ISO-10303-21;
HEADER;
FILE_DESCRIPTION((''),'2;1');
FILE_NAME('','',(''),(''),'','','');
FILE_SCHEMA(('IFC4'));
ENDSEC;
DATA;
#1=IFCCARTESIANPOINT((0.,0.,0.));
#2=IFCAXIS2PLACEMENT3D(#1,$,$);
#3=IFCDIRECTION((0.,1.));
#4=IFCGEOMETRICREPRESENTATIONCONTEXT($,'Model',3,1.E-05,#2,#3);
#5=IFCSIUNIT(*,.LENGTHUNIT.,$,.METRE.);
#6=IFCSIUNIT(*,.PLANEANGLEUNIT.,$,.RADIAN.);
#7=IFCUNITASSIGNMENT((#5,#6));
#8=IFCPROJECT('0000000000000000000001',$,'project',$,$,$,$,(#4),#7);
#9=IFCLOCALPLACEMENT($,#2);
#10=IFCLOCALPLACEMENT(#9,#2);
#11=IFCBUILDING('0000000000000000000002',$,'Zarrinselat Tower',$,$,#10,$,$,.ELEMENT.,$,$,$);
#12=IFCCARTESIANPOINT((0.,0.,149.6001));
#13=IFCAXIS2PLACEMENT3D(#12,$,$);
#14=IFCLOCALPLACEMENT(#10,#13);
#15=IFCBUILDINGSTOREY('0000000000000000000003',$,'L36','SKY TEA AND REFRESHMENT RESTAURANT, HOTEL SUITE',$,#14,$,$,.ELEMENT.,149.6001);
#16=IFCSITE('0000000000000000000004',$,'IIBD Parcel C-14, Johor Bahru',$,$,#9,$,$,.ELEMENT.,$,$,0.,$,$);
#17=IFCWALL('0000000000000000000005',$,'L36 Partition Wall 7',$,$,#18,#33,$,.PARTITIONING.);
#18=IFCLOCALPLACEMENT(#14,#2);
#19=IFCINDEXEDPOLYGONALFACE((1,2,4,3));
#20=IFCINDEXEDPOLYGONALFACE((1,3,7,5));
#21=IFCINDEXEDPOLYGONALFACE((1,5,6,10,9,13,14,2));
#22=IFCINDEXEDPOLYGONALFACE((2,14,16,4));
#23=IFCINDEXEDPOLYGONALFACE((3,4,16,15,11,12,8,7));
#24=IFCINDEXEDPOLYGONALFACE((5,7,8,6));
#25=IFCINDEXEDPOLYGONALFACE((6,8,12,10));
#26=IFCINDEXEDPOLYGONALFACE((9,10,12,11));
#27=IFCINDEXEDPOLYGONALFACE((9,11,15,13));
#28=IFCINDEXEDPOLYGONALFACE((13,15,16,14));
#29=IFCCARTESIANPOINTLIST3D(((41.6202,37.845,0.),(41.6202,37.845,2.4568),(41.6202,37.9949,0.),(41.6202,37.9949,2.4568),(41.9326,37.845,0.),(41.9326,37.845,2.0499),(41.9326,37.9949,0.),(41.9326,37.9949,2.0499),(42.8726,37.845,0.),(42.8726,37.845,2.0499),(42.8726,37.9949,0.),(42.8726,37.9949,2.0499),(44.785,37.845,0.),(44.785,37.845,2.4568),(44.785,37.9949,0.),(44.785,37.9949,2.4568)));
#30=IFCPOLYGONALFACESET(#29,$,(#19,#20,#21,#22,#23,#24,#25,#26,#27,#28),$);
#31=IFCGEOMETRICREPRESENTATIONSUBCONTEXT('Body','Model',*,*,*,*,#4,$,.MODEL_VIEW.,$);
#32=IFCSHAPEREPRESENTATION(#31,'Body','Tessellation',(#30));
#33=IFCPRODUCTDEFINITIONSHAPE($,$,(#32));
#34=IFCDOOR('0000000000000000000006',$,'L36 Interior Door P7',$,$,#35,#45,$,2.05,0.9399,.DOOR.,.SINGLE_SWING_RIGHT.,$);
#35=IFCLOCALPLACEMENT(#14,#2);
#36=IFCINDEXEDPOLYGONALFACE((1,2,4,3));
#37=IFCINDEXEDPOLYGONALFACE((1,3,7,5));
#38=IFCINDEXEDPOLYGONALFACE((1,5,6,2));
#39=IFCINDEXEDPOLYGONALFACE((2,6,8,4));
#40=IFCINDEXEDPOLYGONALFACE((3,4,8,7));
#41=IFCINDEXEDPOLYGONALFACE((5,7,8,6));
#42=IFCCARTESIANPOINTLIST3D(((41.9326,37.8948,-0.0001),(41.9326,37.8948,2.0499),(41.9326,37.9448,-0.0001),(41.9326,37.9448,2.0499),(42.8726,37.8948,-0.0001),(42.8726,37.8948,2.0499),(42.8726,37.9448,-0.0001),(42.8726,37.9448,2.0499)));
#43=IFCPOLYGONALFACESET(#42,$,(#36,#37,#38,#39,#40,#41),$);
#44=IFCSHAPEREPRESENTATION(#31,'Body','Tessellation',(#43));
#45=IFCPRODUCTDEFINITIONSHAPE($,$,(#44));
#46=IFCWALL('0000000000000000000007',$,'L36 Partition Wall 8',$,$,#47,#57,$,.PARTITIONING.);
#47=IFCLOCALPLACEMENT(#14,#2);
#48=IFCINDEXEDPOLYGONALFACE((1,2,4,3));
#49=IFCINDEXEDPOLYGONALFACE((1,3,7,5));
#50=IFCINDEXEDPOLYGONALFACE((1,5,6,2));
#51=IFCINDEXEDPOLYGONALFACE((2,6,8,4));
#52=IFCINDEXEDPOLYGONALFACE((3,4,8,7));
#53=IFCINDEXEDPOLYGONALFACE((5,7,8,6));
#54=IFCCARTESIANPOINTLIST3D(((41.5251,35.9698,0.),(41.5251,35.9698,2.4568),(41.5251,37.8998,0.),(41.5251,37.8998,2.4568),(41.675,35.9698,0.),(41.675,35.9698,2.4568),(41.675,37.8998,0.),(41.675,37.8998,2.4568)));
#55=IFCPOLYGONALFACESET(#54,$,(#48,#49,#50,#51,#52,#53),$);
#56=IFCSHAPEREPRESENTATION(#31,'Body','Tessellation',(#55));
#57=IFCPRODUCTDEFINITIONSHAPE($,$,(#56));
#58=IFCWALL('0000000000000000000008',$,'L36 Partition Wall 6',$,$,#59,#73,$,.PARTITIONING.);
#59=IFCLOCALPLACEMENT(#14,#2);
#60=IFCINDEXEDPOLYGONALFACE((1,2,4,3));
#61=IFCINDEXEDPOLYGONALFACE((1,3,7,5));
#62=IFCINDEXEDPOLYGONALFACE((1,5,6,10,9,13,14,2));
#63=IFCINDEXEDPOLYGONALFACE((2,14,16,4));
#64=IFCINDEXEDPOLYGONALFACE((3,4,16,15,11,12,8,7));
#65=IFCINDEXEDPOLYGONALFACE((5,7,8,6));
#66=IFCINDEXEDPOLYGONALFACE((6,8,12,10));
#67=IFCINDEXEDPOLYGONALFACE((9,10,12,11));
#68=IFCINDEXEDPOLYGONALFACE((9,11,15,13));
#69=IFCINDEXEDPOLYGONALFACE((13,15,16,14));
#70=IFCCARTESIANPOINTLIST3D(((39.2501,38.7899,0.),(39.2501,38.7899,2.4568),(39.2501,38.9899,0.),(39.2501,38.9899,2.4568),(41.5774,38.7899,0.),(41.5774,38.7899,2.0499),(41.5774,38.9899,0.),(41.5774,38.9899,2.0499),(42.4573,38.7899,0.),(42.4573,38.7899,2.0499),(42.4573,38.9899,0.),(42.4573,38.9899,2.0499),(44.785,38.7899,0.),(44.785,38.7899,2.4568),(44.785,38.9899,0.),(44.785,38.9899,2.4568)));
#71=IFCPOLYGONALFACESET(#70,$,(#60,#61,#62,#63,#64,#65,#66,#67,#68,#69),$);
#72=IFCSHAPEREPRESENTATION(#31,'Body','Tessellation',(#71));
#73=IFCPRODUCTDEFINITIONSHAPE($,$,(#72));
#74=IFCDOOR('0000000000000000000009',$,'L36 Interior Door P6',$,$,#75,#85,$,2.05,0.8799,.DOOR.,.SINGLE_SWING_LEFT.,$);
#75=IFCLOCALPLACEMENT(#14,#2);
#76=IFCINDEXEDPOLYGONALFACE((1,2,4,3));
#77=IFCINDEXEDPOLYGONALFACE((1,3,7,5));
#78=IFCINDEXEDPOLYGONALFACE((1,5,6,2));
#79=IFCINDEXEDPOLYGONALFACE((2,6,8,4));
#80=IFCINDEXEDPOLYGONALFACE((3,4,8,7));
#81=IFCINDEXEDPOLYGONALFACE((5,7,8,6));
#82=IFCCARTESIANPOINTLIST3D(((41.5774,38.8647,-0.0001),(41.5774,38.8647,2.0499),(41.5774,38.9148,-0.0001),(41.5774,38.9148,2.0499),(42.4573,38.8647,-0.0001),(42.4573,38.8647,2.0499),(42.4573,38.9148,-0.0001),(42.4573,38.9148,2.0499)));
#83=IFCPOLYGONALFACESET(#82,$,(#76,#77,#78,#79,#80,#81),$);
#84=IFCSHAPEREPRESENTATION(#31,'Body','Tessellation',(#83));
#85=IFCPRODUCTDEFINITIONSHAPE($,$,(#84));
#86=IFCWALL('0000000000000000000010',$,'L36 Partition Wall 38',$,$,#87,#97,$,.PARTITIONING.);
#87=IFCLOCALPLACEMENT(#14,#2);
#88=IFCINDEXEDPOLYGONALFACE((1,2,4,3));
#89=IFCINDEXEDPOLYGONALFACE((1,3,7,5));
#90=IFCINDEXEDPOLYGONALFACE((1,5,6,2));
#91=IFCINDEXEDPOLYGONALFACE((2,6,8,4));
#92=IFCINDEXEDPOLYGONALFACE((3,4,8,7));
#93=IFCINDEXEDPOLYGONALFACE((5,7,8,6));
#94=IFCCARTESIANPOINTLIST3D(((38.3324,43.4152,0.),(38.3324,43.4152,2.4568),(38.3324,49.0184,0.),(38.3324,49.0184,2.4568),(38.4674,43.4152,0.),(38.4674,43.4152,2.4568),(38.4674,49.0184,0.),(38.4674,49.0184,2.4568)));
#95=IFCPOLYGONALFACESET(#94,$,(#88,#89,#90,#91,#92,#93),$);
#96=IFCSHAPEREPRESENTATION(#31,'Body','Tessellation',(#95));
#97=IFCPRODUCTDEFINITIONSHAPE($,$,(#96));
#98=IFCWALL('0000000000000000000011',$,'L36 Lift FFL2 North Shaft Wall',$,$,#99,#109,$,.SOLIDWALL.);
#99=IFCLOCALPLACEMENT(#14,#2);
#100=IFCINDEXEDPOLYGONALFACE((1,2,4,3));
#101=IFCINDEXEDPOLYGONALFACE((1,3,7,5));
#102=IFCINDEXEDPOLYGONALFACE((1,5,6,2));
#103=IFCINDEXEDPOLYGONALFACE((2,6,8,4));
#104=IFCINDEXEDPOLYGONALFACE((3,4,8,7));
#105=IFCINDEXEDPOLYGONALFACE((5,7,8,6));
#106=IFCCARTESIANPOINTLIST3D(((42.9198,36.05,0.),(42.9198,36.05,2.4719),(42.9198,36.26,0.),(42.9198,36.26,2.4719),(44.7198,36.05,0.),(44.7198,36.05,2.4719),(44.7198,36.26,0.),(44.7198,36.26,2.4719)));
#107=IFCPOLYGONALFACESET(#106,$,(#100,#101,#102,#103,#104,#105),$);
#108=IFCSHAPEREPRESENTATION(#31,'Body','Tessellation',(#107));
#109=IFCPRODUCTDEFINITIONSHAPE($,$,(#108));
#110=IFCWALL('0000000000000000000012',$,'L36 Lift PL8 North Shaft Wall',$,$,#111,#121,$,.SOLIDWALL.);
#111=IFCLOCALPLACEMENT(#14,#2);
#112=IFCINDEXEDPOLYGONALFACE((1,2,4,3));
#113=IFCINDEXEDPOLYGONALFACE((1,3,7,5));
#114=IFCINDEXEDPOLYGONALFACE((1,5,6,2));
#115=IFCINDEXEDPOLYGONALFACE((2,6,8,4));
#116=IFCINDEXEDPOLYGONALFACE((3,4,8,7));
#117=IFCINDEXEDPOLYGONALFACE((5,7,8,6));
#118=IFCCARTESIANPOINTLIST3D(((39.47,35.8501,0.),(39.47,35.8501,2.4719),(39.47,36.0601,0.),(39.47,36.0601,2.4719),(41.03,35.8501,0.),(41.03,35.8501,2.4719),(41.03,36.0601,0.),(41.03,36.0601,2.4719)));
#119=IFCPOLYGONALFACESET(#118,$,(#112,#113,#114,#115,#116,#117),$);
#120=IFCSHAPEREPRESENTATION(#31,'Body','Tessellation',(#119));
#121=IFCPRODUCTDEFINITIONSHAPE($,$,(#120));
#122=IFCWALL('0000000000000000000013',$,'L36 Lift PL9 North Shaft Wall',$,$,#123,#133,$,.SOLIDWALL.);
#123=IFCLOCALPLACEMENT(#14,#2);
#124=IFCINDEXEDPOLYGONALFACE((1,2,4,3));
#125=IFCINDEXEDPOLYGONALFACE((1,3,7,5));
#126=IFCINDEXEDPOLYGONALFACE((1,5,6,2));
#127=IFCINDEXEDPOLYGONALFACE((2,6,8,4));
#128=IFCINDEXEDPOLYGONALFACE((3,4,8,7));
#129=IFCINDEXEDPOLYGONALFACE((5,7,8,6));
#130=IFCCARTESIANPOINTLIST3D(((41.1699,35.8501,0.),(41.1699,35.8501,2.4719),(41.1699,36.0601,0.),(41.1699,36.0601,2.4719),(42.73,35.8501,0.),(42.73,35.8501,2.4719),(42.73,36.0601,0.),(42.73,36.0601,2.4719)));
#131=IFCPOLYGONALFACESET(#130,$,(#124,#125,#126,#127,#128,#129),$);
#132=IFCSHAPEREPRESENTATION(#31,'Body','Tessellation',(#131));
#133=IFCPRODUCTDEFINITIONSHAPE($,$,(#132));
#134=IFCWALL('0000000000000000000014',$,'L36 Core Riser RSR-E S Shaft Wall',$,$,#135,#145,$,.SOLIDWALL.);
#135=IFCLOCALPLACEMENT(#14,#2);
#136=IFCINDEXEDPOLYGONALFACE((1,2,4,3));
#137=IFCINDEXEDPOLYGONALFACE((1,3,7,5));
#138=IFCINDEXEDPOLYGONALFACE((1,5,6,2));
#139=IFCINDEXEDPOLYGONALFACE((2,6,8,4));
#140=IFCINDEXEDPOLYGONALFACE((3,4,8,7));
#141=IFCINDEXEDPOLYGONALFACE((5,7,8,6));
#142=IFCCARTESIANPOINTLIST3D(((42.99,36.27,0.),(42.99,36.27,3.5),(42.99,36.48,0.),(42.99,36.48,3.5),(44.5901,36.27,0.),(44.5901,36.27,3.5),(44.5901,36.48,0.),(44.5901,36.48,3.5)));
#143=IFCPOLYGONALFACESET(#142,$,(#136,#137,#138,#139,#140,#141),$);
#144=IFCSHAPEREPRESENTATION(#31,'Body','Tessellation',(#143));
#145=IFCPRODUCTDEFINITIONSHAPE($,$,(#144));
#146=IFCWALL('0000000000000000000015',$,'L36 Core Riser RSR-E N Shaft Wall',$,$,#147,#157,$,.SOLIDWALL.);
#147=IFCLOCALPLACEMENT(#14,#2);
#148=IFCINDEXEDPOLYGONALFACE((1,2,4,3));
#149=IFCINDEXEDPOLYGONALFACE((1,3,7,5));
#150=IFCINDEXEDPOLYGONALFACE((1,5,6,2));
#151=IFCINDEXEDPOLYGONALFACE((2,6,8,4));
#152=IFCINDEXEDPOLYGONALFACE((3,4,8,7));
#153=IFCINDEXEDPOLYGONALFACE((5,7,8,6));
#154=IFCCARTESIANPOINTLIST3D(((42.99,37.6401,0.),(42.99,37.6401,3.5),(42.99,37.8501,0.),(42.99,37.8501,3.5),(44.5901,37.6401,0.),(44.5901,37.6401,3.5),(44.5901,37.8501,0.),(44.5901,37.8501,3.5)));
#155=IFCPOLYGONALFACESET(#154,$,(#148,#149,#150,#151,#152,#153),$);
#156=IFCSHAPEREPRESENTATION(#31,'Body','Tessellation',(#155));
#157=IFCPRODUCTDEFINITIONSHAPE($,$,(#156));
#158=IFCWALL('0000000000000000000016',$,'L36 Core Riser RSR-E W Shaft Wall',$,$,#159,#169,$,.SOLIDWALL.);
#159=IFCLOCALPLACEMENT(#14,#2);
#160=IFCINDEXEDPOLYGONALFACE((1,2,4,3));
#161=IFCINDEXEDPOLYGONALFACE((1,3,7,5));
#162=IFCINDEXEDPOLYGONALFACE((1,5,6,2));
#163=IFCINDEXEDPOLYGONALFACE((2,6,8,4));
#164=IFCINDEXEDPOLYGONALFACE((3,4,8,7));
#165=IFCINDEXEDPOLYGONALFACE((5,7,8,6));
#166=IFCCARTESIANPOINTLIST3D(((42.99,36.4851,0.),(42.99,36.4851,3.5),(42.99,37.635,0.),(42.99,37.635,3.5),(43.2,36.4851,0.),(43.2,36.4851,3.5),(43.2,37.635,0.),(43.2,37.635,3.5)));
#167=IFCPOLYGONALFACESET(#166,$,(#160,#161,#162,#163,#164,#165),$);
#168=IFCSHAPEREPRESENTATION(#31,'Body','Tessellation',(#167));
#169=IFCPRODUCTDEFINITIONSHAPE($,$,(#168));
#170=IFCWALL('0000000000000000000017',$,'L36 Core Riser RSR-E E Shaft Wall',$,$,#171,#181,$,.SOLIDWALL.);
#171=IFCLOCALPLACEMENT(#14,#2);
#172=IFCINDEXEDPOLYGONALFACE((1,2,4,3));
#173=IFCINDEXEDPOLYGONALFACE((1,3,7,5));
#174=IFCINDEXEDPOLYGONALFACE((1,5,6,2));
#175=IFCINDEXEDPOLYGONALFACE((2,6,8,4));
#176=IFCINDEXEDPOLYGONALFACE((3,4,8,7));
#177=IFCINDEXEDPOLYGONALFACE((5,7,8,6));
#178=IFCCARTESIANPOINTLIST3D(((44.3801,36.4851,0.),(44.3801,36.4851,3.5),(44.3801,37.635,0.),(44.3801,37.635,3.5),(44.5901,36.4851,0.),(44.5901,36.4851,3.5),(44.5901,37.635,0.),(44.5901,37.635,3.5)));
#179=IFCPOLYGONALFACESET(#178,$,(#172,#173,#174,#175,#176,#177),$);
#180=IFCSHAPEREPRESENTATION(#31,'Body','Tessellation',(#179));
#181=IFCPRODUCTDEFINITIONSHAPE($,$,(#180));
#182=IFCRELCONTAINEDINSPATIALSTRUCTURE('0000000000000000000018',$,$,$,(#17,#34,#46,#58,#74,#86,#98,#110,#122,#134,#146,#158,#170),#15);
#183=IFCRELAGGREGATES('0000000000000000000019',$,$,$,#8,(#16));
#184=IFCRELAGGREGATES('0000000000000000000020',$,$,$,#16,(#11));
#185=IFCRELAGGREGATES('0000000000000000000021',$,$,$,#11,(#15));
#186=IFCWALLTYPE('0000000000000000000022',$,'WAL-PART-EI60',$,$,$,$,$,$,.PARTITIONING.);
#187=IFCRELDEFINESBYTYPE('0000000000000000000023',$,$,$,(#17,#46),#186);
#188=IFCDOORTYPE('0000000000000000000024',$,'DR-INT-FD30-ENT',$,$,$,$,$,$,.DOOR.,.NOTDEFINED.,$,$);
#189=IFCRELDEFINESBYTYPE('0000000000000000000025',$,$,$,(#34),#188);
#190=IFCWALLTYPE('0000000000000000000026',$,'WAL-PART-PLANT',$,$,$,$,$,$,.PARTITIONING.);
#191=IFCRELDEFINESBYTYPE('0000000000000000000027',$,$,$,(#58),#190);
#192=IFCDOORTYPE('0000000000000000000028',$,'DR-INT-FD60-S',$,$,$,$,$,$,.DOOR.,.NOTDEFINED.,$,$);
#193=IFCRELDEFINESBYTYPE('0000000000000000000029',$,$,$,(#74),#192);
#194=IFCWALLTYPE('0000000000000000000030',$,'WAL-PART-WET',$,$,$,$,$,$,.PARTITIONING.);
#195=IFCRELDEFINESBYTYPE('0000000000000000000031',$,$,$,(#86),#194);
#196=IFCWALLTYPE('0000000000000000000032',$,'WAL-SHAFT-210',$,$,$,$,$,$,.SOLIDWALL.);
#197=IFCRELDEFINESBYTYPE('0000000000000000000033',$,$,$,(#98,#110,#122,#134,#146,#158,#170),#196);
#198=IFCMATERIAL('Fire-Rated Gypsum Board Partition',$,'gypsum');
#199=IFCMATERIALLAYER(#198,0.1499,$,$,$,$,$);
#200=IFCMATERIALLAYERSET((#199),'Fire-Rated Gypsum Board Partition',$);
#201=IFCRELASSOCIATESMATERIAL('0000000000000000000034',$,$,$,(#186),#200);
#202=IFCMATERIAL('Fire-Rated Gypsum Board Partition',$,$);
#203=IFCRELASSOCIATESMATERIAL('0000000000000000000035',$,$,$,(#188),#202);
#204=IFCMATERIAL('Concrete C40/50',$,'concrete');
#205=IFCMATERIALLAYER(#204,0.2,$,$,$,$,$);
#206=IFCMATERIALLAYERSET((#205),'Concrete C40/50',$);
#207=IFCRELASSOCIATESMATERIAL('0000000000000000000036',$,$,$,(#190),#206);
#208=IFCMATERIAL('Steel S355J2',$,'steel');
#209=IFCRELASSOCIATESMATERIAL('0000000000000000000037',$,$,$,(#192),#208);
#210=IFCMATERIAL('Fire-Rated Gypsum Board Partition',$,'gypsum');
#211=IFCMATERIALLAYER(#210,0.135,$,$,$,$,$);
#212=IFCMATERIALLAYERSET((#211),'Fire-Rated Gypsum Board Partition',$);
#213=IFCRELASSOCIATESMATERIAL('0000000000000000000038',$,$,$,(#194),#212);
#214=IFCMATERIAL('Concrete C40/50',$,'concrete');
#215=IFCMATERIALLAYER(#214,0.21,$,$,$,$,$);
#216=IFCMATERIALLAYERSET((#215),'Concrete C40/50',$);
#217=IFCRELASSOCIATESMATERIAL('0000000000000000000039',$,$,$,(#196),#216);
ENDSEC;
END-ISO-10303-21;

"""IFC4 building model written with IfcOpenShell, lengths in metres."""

from ifc_helpers import new_model, si_unit, direction, frame, frame_2d, origin, place, context, subcontext, project, spatial, rectangle, extrude, material, layer, layer_set, type_object, element, fill, save


model = new_model("IFC4")

# Units and contexts
model_context = context("Model", 3, precision=1e-05, world=origin(), true_north=direction((0.0, 1.0)))
body_context = subcontext(model_context, "Body", "Model", "MODEL_VIEW")
ifc_project = project(units=[si_unit("LENGTHUNIT", "METRE"), si_unit("PLANEANGLEUNIT", "RADIAN")], contexts=[model_context])

# Site, building, storey
site_placement = place(None, origin())
site = spatial("IfcSite", under=ifc_project, at=site_placement, Name="IIBD Parcel C-14, Johor Bahru", CompositionType="ELEMENT", RefElevation=0.0)
building_placement = place(site_placement, origin())
building = spatial("IfcBuilding", under=site, at=building_placement, Name="Zarrinselat Tower", CompositionType="ELEMENT")
storey_placement = place(building_placement, frame((0.0, 0.0, 149.6001)))
storey = spatial("IfcBuildingStorey", under=building, at=storey_placement, Name="L36", Description="SKY TEA AND REFRESHMENT RESTAURANT, HOTEL SUITE", CompositionType="ELEMENT", Elevation=149.6001)

# Wall, opening, door
ifc_material_1 = material(Name="Fire-Rated Gypsum Board Partition", Category="gypsum")
ifc_layer_1 = layer(ifc_material_1, 0.1499)
ifc_layer_set_1 = layer_set([ifc_layer_1], Name="Fire-Rated Gypsum Board Partition")
wall_type_1 = type_object("IfcWallType", Name="WAL-PART-EI60", PredefinedType="PARTITIONING", material=ifc_layer_set_1)
wall_1_placement = place(storey_placement, frame((41.6201, 37.9199, 0.0), z_axis=(0.0, 0.0, 1.0), x_axis=(1.0, 0.0, 0.0)))
wall_1 = element("IfcWall", 1, at=wall_1_placement, inside=storey, type_object=wall_type_1, Name="L36 Partition Wall 7", PredefinedType="PARTITIONING", context=body_context, shape_type="SweptSolid", body=[
    extrude(rectangle(XDim=3.1648, YDim=0.1499, at=frame_2d((1.5825, 0.0))), origin(), (0.0, 0.0, 1.0), 2.4568),
])
opening_1_placement = place(wall_1_placement, frame((0.3125, 0.0, 0.0)))
opening_1 = element("IfcOpeningElement", 2, at=opening_1_placement, cuts=wall_1, PredefinedType="OPENING", context=body_context, shape_type="SweptSolid", body=[
    extrude(rectangle(XDim=0.9399, YDim=2.05, at=frame_2d((0.47, 1.0249))), frame((0.0, 0.085, 0.0), z_axis=(0.0, -1.0, 0.0), x_axis=(1.0, 0.0, 0.0)), (0.0, 0.0, 1.0), 0.1699),
])
ifc_material_2 = material(Name="Fire-Rated Gypsum Board Partition")
door_type_1 = type_object("IfcDoorType", Name="DR-INT-FD30-ENT", OperationType="NOTDEFINED", PredefinedType="DOOR", material=ifc_material_2)
door_1_placement = place(opening_1_placement, origin())
door_1 = element("IfcDoor", 3, at=door_1_placement, inside=storey, type_object=door_type_1, Name="L36 Interior Door P7", OperationType="SINGLE_SWING_RIGHT", OverallHeight=2.05, OverallWidth=0.9399, PredefinedType="DOOR", context=body_context, shape_type="SweptSolid", body=[
    extrude(rectangle(XDim=0.9399, YDim=2.05, at=frame_2d((0.47, 1.0249))), frame((0.0, 0.0249, 0.0), z_axis=(0.0, -1.0, 0.0), x_axis=(1.0, 0.0, 0.0)), (0.0, 0.0, 1.0), 0.05),
])
fill(opening_1, door_1)

# Wall
wall_2_placement = place(storey_placement, frame((41.6001, 35.97, 0.0), z_axis=(0.0, 0.0, 1.0), x_axis=(0.0, 1.0, 0.0)))
element("IfcWall", 4, at=wall_2_placement, inside=storey, type_object=wall_type_1, Name="L36 Partition Wall 8", PredefinedType="PARTITIONING", context=body_context, shape_type="SweptSolid", body=[
    extrude(rectangle(XDim=1.9299, YDim=0.1499, at=frame_2d((0.9648, 0.0))), origin(), (0.0, 0.0, 1.0), 2.4568),
])

# Wall, opening, door
ifc_material_3 = material(Name="Concrete C40/50", Category="concrete")
ifc_layer_2 = layer(ifc_material_3, 0.2)
ifc_layer_set_2 = layer_set([ifc_layer_2], Name="Concrete C40/50")
wall_type_2 = type_object("IfcWallType", Name="WAL-PART-PLANT", PredefinedType="PARTITIONING", material=ifc_layer_set_2)
wall_3_placement = place(storey_placement, frame((39.25, 38.8899, 0.0), z_axis=(0.0, 0.0, 1.0), x_axis=(1.0, 0.0, 0.0)))
wall_3 = element("IfcWall", 5, at=wall_3_placement, inside=storey, type_object=wall_type_2, Name="L36 Partition Wall 6", PredefinedType="PARTITIONING", context=body_context, shape_type="SweptSolid", body=[
    extrude(rectangle(XDim=5.5349, YDim=0.2, at=frame_2d((2.7676, 0.0))), origin(), (0.0, 0.0, 1.0), 2.4568),
])
opening_2_placement = place(wall_3_placement, frame((2.3274, 0.0, 0.0)))
opening_2 = element("IfcOpeningElement", 6, at=opening_2_placement, cuts=wall_3, PredefinedType="OPENING", context=body_context, shape_type="SweptSolid", body=[
    extrude(rectangle(XDim=0.8799, YDim=2.05, at=frame_2d((0.4399, 1.0249))), frame((0.0, 0.1099, 0.0), z_axis=(0.0, -1.0, 0.0), x_axis=(1.0, 0.0, 0.0)), (0.0, 0.0, 1.0), 0.22),
])
ifc_material_4 = material(Name="Steel S355J2", Category="steel")
door_type_2 = type_object("IfcDoorType", Name="DR-INT-FD60-S", OperationType="NOTDEFINED", PredefinedType="DOOR", material=ifc_material_4)
door_2_placement = place(opening_2_placement, origin())
door_2 = element("IfcDoor", 7, at=door_2_placement, inside=storey, type_object=door_type_2, Name="L36 Interior Door P6", OperationType="SINGLE_SWING_LEFT", OverallHeight=2.05, OverallWidth=0.8799, PredefinedType="DOOR", context=body_context, shape_type="SweptSolid", body=[
    extrude(rectangle(XDim=0.8799, YDim=2.05, at=frame_2d((0.4399, 1.0249))), frame((0.0, 0.0249, 0.0), z_axis=(0.0, -1.0, 0.0), x_axis=(1.0, 0.0, 0.0)), (0.0, 0.0, 1.0), 0.05),
])
fill(opening_2, door_2)

# Walls
ifc_material_5 = material(Name="Fire-Rated Gypsum Board Partition", Category="gypsum")
ifc_layer_3 = layer(ifc_material_5, 0.135)
ifc_layer_set_3 = layer_set([ifc_layer_3], Name="Fire-Rated Gypsum Board Partition")
wall_type_3 = type_object("IfcWallType", Name="WAL-PART-WET", PredefinedType="PARTITIONING", material=ifc_layer_set_3)
wall_4_placement = place(storey_placement, frame((38.3999, 43.415, 0.0), z_axis=(0.0, 0.0, 1.0), x_axis=(0.0, 1.0, 0.0)))
element("IfcWall", 8, at=wall_4_placement, inside=storey, type_object=wall_type_3, Name="L36 Partition Wall 38", PredefinedType="PARTITIONING", context=body_context, shape_type="SweptSolid", body=[
    extrude(rectangle(XDim=5.6033, YDim=0.135, at=frame_2d((2.8018, 0.0))), origin(), (0.0, 0.0, 1.0), 2.4568),
])
ifc_material_6 = material(Name="Concrete C40/50", Category="concrete")
ifc_layer_4 = layer(ifc_material_6, 0.21)
ifc_layer_set_4 = layer_set([ifc_layer_4], Name="Concrete C40/50")
wall_type_4 = type_object("IfcWallType", Name="WAL-SHAFT-210", PredefinedType="SOLIDWALL", material=ifc_layer_set_4)
wall_5_placement = place(storey_placement, frame((42.9199, 36.155, 0.0), z_axis=(0.0, 0.0, 1.0), x_axis=(1.0, 0.0, 0.0)))
element("IfcWall", 9, at=wall_5_placement, inside=storey, type_object=wall_type_4, Name="L36 Lift FFL2 North Shaft Wall", PredefinedType="SOLIDWALL", context=body_context, shape_type="SweptSolid", body=[
    extrude(rectangle(XDim=1.8, YDim=0.21, at=frame_2d((0.8999, 0.0))), origin(), (0.0, 0.0, 1.0), 2.4719),
])
for number, where, z_axis, x_axis, name in (
    (10, (39.47, 35.9551, 0.0), (0.0, 0.0, 1.0), (1.0, 0.0, 0.0), "L36 Lift PL8 North Shaft Wall"),
    (11, (41.1699, 35.9551, 0.0), (0.0, 0.0, 1.0), (1.0, 0.0, 0.0), "L36 Lift PL9 North Shaft Wall"),
):
    element("IfcWall", number, at=place(storey_placement, frame(where, z_axis=z_axis, x_axis=x_axis)), inside=storey, type_object=wall_type_4, Name=name, PredefinedType="SOLIDWALL", context=body_context, shape_type="SweptSolid", body=[
        extrude(rectangle(XDim=1.5601, YDim=0.21, at=frame_2d((0.78, 0.0))), origin(), (0.0, 0.0, 1.0), 2.4719),
    ])
for number, where, z_axis, x_axis, name in (
    (12, (42.99, 36.375, 0.0), (0.0, 0.0, 1.0), (1.0, 0.0, 0.0), "L36 Core Riser RSR-E S Shaft Wall"),
    (13, (42.99, 37.7451, 0.0), (0.0, 0.0, 1.0), (1.0, 0.0, 0.0), "L36 Core Riser RSR-E N Shaft Wall"),
):
    element("IfcWall", number, at=place(storey_placement, frame(where, z_axis=z_axis, x_axis=x_axis)), inside=storey, type_object=wall_type_4, Name=name, PredefinedType="SOLIDWALL", context=body_context, shape_type="SweptSolid", body=[
        extrude(rectangle(XDim=1.6001, YDim=0.21, at=frame_2d((0.8, 0.0))), origin(), (0.0, 0.0, 1.0), 3.5),
    ])
for number, where, z_axis, x_axis, name in (
    (14, (43.095, 36.4851, 0.0), (0.0, 0.0, 1.0), (0.0, 1.0, 0.0), "L36 Core Riser RSR-E W Shaft Wall"),
    (15, (44.4851, 36.4851, 0.0), (0.0, 0.0, 1.0), (0.0, 1.0, 0.0), "L36 Core Riser RSR-E E Shaft Wall"),
):
    element("IfcWall", number, at=place(storey_placement, frame(where, z_axis=z_axis, x_axis=x_axis)), inside=storey, type_object=wall_type_4, Name=name, PredefinedType="SOLIDWALL", context=body_context, shape_type="SweptSolid", body=[
        extrude(rectangle(XDim=1.1499, YDim=0.21, at=frame_2d((0.575, 0.0))), origin(), (0.0, 0.0, 1.0), 3.5),
    ])

save(model, "model.ifc")
